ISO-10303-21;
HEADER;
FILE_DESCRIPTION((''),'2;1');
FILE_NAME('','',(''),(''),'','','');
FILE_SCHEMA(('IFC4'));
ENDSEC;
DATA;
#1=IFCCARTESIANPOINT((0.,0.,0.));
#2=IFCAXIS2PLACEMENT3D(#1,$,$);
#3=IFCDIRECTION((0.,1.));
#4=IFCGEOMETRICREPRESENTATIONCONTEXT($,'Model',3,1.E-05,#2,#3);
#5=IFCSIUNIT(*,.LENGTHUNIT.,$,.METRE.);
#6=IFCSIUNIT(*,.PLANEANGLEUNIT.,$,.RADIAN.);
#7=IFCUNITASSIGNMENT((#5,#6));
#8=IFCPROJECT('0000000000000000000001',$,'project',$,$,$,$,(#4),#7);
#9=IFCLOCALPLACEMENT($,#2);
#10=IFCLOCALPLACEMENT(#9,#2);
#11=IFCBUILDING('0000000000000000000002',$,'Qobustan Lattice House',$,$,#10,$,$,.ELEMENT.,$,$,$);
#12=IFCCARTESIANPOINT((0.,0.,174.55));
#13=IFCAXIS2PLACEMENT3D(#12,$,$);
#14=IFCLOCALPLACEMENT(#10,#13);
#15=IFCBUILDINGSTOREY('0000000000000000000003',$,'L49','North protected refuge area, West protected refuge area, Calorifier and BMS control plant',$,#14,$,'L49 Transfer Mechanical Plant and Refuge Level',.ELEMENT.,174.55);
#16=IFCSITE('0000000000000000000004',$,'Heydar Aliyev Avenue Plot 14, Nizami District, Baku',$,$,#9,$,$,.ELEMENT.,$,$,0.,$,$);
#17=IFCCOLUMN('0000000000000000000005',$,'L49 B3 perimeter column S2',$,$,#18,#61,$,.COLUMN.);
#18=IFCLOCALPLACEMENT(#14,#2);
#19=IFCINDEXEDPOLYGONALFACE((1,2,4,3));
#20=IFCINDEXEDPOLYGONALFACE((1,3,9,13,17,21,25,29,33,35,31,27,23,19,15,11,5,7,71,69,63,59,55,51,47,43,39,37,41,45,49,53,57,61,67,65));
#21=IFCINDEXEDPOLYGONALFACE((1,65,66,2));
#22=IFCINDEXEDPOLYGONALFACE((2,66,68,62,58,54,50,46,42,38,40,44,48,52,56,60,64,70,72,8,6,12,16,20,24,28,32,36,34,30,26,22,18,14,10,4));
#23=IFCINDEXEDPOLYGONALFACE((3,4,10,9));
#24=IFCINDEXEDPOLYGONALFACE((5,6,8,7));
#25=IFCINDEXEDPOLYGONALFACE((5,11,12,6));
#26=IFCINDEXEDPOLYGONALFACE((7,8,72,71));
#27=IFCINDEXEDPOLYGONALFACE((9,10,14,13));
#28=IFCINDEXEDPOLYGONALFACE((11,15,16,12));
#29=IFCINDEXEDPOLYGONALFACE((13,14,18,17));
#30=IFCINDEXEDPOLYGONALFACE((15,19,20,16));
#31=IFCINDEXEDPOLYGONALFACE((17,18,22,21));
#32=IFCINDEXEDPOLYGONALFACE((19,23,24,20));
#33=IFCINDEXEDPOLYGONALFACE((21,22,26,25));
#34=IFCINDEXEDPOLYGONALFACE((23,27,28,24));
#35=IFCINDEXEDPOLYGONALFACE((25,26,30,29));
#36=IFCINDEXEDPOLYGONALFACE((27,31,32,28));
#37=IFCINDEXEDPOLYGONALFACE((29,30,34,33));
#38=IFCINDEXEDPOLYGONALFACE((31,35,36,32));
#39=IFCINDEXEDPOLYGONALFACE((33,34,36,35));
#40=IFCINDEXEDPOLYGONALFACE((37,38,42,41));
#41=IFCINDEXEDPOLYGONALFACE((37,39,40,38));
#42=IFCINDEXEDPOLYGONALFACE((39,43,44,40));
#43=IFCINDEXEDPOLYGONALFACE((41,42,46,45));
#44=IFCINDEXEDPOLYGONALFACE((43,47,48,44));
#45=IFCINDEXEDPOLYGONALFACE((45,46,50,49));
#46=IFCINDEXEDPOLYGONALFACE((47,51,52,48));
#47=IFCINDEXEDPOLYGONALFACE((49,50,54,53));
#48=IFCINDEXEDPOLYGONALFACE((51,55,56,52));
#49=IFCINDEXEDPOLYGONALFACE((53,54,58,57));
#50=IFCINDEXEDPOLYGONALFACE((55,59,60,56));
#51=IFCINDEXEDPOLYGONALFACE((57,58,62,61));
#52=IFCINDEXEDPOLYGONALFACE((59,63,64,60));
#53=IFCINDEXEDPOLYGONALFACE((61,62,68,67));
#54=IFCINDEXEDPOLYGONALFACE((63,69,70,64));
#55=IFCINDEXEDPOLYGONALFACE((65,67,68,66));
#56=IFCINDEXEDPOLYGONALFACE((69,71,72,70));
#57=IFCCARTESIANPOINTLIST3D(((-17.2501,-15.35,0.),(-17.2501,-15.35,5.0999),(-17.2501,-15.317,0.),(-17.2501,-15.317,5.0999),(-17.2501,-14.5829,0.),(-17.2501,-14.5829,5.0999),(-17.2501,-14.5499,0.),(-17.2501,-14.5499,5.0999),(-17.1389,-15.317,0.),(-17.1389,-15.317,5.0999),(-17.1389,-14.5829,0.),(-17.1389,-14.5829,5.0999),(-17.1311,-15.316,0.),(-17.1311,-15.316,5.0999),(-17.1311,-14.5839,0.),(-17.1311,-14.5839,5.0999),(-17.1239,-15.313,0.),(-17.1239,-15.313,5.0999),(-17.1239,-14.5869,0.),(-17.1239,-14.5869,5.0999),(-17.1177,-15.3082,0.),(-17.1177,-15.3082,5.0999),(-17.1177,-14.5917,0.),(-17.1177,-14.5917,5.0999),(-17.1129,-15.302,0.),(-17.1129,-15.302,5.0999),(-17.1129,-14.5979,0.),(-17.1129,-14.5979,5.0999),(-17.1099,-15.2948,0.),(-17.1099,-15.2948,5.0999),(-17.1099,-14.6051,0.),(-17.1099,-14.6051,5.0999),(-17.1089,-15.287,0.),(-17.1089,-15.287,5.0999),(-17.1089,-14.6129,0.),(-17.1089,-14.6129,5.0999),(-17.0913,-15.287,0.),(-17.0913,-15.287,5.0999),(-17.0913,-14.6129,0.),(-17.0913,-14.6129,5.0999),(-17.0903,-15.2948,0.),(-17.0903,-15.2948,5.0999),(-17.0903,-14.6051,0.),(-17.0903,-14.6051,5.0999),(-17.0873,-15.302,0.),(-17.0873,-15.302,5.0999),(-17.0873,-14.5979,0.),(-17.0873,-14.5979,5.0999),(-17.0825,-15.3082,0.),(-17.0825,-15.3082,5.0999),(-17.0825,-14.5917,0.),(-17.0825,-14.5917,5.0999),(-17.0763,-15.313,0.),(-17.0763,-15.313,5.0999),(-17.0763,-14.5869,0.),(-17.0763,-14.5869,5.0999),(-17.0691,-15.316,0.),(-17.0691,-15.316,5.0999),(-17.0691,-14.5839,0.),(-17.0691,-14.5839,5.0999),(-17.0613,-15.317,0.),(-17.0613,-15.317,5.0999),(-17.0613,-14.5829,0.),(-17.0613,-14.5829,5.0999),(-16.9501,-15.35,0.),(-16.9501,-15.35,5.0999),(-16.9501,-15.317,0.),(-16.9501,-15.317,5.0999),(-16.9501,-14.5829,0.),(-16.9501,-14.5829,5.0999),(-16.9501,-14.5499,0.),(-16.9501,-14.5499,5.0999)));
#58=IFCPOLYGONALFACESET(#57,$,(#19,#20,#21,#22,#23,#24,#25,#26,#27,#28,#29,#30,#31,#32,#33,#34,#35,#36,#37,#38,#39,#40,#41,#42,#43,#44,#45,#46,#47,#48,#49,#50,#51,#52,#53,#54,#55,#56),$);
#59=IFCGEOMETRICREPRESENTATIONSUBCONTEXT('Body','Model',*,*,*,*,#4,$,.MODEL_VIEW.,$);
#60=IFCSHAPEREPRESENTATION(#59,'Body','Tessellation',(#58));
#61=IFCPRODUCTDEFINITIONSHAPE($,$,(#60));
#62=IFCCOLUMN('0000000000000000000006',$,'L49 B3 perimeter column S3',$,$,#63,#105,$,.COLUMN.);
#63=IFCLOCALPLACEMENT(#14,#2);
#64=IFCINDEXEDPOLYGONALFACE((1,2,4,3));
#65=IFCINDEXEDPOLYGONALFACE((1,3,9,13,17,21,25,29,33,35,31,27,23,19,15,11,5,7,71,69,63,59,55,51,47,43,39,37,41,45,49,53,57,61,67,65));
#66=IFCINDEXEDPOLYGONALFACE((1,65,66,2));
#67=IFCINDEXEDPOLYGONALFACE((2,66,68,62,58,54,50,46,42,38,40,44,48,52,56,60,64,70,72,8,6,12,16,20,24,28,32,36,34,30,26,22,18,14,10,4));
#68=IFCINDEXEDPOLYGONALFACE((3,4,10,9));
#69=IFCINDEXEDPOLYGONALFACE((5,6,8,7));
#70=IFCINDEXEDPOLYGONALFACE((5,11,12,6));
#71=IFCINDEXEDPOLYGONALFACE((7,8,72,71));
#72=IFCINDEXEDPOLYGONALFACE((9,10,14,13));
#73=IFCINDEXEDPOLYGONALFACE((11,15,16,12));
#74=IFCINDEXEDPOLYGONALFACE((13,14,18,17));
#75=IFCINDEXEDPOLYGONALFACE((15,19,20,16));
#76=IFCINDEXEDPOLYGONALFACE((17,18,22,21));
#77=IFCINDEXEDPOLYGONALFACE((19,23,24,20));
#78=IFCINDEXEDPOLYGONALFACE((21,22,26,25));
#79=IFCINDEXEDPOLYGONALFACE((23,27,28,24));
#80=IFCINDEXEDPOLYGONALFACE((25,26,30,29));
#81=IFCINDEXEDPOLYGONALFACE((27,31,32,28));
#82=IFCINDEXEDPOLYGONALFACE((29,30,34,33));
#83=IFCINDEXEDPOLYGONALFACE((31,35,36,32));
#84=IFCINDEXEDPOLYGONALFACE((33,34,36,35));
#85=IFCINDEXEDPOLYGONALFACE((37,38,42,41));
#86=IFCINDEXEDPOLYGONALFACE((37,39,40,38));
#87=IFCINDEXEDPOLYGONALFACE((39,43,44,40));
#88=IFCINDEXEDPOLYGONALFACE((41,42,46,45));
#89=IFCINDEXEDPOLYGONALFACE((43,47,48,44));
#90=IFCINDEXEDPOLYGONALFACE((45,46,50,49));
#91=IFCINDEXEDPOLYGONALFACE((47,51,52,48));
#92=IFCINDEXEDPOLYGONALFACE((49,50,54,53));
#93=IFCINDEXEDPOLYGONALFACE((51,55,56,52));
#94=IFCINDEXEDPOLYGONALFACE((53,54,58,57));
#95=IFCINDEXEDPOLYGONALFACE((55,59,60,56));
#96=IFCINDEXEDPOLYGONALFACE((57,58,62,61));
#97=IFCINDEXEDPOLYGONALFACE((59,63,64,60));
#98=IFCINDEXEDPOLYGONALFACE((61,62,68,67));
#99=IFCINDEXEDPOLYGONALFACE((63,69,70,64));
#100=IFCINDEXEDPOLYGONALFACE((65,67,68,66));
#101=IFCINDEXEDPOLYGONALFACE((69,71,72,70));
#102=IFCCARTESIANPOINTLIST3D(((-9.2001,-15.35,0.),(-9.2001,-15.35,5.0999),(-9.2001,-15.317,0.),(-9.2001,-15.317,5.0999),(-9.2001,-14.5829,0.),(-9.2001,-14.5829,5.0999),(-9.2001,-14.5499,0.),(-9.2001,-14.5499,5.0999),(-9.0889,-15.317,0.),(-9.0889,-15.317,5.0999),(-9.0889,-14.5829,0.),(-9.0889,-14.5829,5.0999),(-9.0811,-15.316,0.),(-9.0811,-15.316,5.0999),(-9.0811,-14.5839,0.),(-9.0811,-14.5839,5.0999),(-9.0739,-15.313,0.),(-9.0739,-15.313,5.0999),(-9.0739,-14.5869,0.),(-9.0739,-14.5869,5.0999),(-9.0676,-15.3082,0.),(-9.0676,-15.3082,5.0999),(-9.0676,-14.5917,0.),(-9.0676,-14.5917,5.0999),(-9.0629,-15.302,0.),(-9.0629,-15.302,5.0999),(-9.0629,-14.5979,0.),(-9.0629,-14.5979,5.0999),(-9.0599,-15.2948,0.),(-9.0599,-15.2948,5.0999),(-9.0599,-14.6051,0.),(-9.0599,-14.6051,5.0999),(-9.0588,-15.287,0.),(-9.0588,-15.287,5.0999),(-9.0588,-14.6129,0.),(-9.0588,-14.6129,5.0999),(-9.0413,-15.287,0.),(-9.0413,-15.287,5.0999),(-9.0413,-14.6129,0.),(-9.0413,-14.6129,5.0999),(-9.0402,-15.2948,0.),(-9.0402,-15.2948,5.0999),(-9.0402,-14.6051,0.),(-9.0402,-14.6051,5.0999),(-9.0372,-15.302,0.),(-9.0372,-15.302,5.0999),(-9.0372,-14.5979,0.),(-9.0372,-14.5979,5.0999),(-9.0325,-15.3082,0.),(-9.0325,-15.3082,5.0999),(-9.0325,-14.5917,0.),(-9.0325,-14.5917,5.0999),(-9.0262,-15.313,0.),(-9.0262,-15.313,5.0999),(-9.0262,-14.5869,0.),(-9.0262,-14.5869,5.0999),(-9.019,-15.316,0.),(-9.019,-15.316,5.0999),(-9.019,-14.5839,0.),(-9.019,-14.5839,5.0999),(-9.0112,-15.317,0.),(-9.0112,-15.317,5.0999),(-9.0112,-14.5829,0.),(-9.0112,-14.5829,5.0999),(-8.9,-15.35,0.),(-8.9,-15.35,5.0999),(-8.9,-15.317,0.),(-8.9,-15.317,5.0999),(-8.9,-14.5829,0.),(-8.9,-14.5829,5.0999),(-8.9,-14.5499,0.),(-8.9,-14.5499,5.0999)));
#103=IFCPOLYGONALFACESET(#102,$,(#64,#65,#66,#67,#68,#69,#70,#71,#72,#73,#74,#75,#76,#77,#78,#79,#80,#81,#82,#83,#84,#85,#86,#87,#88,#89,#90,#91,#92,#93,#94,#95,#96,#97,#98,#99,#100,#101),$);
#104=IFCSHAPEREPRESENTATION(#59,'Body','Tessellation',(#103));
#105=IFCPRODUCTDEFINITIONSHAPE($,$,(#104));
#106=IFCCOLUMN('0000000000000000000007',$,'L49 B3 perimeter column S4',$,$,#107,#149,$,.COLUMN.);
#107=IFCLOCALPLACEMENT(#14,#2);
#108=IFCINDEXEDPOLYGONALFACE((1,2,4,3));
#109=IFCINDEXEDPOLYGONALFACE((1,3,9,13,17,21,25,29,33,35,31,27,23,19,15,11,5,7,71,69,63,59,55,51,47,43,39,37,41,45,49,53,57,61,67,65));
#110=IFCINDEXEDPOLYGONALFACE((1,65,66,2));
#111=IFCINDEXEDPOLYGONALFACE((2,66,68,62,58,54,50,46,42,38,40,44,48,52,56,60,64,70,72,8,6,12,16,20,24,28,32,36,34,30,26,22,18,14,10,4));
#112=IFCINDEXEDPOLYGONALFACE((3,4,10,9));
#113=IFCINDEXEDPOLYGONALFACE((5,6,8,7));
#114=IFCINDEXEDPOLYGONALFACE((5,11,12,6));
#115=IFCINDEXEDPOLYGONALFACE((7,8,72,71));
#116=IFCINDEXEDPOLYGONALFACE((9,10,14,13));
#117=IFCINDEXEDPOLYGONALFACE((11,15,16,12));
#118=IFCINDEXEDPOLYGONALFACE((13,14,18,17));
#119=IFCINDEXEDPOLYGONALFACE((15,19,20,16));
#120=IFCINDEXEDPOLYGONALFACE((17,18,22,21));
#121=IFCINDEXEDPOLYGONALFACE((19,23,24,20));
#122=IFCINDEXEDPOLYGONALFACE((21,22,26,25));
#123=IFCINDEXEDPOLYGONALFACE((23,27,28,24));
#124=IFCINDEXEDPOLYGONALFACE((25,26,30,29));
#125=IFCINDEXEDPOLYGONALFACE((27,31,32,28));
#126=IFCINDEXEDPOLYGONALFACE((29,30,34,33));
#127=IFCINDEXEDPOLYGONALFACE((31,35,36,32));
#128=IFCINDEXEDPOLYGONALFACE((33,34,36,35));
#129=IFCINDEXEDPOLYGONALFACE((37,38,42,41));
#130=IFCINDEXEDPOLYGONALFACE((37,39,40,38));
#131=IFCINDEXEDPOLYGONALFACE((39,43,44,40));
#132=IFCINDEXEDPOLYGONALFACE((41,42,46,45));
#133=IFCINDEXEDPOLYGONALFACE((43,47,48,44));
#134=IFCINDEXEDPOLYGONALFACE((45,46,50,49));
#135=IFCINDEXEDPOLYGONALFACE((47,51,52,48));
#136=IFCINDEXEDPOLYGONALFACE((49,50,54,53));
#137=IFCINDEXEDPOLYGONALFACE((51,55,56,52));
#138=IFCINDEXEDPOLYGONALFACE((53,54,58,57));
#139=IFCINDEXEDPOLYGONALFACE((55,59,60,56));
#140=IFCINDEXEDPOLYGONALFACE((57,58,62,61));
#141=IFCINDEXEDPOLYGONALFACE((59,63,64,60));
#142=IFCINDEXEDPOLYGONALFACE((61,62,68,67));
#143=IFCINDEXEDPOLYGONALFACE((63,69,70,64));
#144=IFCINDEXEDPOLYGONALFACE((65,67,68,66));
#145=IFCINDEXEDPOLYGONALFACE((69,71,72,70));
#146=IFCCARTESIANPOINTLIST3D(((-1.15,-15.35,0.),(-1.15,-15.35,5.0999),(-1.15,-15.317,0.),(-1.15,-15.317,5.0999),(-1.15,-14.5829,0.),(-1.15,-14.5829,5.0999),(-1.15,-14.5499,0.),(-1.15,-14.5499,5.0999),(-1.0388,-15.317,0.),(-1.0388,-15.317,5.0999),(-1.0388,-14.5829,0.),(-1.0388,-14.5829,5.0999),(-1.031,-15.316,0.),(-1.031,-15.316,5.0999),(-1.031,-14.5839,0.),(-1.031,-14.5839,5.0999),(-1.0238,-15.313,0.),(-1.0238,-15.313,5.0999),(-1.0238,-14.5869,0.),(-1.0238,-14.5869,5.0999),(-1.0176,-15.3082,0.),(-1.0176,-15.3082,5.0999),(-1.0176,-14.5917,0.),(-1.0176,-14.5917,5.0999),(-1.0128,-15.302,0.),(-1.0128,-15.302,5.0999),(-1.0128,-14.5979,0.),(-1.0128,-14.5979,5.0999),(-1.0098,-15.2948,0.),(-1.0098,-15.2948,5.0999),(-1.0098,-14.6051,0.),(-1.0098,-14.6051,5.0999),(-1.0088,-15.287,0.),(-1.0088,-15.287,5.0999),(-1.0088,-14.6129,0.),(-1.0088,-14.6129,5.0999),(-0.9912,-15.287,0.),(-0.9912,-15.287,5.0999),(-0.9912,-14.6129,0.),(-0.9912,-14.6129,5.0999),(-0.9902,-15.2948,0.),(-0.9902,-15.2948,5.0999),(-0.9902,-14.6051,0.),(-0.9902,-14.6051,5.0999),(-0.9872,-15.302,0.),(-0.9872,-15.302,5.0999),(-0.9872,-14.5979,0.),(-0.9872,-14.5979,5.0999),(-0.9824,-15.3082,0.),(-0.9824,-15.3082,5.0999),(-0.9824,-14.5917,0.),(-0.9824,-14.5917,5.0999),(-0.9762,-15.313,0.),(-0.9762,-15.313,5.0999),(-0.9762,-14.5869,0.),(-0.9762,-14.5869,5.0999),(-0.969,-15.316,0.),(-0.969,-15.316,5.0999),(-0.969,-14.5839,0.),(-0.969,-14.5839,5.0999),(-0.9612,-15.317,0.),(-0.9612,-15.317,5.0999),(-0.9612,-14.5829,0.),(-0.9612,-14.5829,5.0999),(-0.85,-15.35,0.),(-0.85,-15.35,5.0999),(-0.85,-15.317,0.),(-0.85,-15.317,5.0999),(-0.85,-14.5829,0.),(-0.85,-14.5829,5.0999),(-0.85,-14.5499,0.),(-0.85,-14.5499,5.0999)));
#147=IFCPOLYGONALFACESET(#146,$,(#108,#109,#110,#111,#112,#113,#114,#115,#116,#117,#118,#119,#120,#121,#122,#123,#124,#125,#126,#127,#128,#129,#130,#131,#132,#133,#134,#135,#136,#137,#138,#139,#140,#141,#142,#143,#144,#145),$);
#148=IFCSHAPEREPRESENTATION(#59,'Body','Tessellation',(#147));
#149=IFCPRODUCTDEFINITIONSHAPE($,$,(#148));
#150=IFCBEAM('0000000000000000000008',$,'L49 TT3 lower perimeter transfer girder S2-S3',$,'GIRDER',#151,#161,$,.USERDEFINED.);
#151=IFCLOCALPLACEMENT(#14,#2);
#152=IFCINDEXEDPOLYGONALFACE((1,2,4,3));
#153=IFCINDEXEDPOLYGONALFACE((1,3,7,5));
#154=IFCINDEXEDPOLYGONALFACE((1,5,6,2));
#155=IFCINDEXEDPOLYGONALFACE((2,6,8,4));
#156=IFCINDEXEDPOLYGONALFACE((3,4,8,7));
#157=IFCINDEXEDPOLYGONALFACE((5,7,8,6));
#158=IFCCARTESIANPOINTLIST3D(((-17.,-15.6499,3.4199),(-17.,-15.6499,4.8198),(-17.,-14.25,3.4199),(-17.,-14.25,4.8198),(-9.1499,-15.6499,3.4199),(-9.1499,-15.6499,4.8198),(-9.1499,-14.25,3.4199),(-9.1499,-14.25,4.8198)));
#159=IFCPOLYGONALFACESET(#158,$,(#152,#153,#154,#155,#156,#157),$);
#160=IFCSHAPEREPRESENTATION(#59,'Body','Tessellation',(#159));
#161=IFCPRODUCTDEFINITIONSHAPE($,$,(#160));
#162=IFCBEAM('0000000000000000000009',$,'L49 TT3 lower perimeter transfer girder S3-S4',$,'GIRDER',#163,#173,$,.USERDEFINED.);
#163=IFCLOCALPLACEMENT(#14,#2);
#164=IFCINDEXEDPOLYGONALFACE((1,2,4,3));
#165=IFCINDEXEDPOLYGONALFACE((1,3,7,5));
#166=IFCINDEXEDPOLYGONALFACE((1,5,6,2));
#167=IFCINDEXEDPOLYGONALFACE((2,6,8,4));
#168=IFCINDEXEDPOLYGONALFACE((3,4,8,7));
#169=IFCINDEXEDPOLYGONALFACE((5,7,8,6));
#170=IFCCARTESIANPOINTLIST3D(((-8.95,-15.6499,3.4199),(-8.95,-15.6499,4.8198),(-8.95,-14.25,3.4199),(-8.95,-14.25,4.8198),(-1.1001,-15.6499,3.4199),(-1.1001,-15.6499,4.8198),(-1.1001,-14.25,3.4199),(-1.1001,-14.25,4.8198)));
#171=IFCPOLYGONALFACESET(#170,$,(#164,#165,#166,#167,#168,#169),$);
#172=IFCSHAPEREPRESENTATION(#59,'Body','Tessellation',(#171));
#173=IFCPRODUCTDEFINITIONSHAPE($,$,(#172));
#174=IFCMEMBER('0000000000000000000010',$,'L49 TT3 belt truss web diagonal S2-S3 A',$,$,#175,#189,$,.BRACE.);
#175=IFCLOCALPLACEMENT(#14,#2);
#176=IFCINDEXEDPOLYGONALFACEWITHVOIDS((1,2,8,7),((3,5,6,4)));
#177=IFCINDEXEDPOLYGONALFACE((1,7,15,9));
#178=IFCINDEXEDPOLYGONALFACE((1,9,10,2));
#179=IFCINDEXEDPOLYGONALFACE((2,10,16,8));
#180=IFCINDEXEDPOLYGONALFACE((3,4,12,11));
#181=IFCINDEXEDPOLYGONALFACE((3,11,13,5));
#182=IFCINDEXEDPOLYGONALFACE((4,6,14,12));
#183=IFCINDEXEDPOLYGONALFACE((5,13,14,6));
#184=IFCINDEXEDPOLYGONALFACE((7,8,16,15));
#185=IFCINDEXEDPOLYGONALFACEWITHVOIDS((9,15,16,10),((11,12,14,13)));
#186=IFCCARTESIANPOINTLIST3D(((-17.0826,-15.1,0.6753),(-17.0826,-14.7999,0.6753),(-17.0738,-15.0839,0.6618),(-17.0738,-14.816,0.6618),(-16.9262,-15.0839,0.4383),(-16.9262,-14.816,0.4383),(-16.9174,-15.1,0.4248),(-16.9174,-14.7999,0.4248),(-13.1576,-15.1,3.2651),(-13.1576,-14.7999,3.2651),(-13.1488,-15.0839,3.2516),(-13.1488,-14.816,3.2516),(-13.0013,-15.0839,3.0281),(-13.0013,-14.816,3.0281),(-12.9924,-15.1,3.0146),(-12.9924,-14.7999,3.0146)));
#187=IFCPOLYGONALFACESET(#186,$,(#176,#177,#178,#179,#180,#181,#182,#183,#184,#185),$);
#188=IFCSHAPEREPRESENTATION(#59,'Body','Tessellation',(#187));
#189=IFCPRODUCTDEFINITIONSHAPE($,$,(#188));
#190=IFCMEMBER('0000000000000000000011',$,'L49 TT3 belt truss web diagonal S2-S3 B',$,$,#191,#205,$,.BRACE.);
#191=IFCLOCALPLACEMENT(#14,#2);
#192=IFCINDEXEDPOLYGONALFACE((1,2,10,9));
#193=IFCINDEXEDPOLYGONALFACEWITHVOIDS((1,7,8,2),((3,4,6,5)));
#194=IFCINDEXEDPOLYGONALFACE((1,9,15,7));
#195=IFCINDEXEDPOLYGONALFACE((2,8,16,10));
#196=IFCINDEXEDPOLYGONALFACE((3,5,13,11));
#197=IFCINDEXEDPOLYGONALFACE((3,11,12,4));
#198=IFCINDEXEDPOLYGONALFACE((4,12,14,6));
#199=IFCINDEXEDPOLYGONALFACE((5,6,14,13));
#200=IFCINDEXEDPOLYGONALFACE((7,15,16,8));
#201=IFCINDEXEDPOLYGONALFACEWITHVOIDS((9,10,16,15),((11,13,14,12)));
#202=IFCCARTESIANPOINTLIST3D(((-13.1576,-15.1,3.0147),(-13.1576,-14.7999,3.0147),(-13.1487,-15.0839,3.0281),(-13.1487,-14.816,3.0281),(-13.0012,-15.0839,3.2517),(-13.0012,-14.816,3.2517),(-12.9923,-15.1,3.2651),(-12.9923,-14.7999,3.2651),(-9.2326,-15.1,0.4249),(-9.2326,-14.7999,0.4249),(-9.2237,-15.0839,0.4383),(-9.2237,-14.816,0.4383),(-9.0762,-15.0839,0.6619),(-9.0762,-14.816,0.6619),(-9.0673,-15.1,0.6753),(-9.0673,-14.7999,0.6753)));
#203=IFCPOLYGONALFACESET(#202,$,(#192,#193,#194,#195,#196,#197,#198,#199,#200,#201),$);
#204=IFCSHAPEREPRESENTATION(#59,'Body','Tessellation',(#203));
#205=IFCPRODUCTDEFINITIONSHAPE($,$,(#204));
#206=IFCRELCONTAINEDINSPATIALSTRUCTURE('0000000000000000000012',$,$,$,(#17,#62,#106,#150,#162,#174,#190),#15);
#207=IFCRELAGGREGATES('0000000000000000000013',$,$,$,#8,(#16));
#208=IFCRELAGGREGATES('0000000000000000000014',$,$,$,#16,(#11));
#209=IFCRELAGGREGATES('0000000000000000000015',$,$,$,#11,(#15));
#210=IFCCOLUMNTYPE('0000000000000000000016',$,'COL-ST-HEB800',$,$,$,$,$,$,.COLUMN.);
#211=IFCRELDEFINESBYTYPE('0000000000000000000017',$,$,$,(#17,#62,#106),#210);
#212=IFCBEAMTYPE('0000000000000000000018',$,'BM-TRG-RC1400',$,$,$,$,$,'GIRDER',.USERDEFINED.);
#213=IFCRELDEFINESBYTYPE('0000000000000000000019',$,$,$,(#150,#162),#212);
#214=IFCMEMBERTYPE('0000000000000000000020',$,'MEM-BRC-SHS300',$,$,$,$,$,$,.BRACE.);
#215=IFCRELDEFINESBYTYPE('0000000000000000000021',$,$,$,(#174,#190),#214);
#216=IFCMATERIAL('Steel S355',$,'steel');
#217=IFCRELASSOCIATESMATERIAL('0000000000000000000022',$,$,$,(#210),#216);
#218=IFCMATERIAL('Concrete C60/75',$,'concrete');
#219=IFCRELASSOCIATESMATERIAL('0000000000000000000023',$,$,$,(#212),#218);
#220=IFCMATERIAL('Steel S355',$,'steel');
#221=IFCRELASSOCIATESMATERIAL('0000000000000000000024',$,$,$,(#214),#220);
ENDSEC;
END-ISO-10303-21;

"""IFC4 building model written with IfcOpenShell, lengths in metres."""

from ifc_helpers import new_model, si_unit, direction, frame, origin, origin_2d, place, context, subcontext, project, spatial, rectangle, hollow_rectangle, i_section, extrude, material, material_profile, profile_set, type_object, element, save


model = new_model("IFC4")

# Units and contexts
model_context = context("Model", 3, precision=1e-05, world=origin(), true_north=direction((0.0, 1.0)))
body_context = subcontext(model_context, "Body", "Model", "MODEL_VIEW")
ifc_project = project(units=[si_unit("LENGTHUNIT", "METRE"), si_unit("PLANEANGLEUNIT", "RADIAN")], contexts=[model_context])

# Site, building, storey
site_placement = place(None, origin())
site = spatial("IfcSite", under=ifc_project, at=site_placement, Name="Heydar Aliyev Avenue Plot 14, Nizami District, Baku", CompositionType="ELEMENT", RefElevation=0.0)
building_placement = place(site_placement, origin())
building = spatial("IfcBuilding", under=site, at=building_placement, Name="Qobustan Lattice House", CompositionType="ELEMENT")
storey_placement = place(building_placement, frame((0.0, 0.0, 174.55)))
storey = spatial("IfcBuildingStorey", under=building, at=storey_placement, Name="L49", Description="North protected refuge area, West protected refuge area, Calorifier and BMS control plant", LongName="L49 Transfer Mechanical Plant and Refuge Level", CompositionType="ELEMENT", Elevation=174.55)

# Columns
ifc_material_1 = material(Name="Steel S355", Category="steel")
ifc_material_profile_1 = material_profile(ifc_material_1, i_section(OverallWidth=0.3, OverallDepth=0.8, WebThickness=0.0176, FlangeThickness=0.033, FilletRadius=0.03, at=origin_2d()), Name="HEB800")
ifc_profile_set_1 = profile_set([ifc_material_profile_1], Name="Steel S355")
column_type = type_object("IfcColumnType", Name="COL-ST-HEB800", PredefinedType="COLUMN", material=ifc_profile_set_1)
for number, where, z_axis, x_axis, name in (
    (1, (-17.1001, -14.95, 0.0), (0.0, 0.0, 1.0), (1.0, 0.0, 0.0), "L49 B3 perimeter column S2"),
    (2, (-9.05, -14.95, 0.0), (0.0, 0.0, 1.0), (1.0, 0.0, 0.0), "L49 B3 perimeter column S3"),
    (3, (-1.0, -14.95, 0.0), (0.0, 0.0, 1.0), (1.0, 0.0, 0.0), "L49 B3 perimeter column S4"),
):
    element("IfcColumn", number, at=place(storey_placement, frame(where, z_axis=z_axis, x_axis=x_axis)), inside=storey, type_object=column_type, Name=name, PredefinedType="COLUMN", context=body_context, shape_type="SweptSolid", body=[
        extrude(i_section(OverallWidth=0.3, OverallDepth=0.8, WebThickness=0.0176, FlangeThickness=0.033, FilletRadius=0.03, at=origin_2d()), origin(), (0.0, 0.0, 1.0), 5.0999),
    ])

# Beams
ifc_material_2 = material(Name="Concrete C60/75", Category="concrete")
ifc_material_profile_2 = material_profile(ifc_material_2, rectangle(XDim=1.3999, YDim=1.3999, at=origin_2d()), Name="RC1400x1400")
ifc_profile_set_2 = profile_set([ifc_material_profile_2], Name="Concrete C60/75")
beam_type = type_object("IfcBeamType", Name="BM-TRG-RC1400", ElementType="GIRDER", PredefinedType="USERDEFINED", material=ifc_profile_set_2)
beam_1_placement = place(storey_placement, frame((-17.0, -14.95, 4.1199), z_axis=(1.0, 0.0, 0.0), x_axis=(0.0, 1.0, 0.0)))
element("IfcBeam", 4, at=beam_1_placement, inside=storey, type_object=beam_type, Name="L49 TT3 lower perimeter transfer girder S2-S3", ObjectType="GIRDER", PredefinedType="USERDEFINED", context=body_context, shape_type="SweptSolid", body=[
    extrude(rectangle(XDim=1.3999, YDim=1.3999, at=origin_2d()), origin(), (0.0, 0.0, 1.0), 7.8501),
])
beam_2_placement = place(storey_placement, frame((-8.95, -14.95, 4.1199), z_axis=(1.0, 0.0, 0.0), x_axis=(0.0, 1.0, 0.0)))
element("IfcBeam", 5, at=beam_2_placement, inside=storey, type_object=beam_type, Name="L49 TT3 lower perimeter transfer girder S3-S4", ObjectType="GIRDER", PredefinedType="USERDEFINED", context=body_context, shape_type="SweptSolid", body=[
    extrude(rectangle(XDim=1.3999, YDim=1.3999, at=origin_2d()), origin(), (0.0, 0.0, 1.0), 7.8499),
])

# Members
ifc_material_3 = material(Name="Steel S355", Category="steel")
ifc_material_profile_3 = material_profile(ifc_material_3, hollow_rectangle(XDim=0.3, YDim=0.3, WallThickness=0.0161, at=origin_2d()), Name="SHS300x300x16")
ifc_profile_set_3 = profile_set([ifc_material_profile_3], Name="Steel S355")
member_type_1 = type_object("IfcMemberType", Name="MEM-BRC-SHS300", PredefinedType="BRACE", material=ifc_profile_set_3)
for number, where, z_axis, x_axis, name in (
    (6, (-17.0, -14.95, 0.55), (0.834677, 0.0, 0.55074), (0.0, 1.0, 0.0), "L49 TT3 belt truss web diagonal S2-S3 A"),
    (7, (-13.075, -14.95, 3.1399), (0.834677, 0.0, -0.55074), (0.0, 1.0, 0.0), "L49 TT3 belt truss web diagonal S2-S3 B"),
):
    element("IfcMember", number, at=place(storey_placement, frame(where, z_axis=z_axis, x_axis=x_axis)), inside=storey, type_object=member_type_1, Name=name, PredefinedType="BRACE", context=body_context, shape_type="SweptSolid", body=[
        extrude(hollow_rectangle(XDim=0.3, YDim=0.3, WallThickness=0.0161, at=origin_2d()), origin(), (0.0, 0.0, 1.0), 4.7024),
    ])

save(model, "model.ifc")
